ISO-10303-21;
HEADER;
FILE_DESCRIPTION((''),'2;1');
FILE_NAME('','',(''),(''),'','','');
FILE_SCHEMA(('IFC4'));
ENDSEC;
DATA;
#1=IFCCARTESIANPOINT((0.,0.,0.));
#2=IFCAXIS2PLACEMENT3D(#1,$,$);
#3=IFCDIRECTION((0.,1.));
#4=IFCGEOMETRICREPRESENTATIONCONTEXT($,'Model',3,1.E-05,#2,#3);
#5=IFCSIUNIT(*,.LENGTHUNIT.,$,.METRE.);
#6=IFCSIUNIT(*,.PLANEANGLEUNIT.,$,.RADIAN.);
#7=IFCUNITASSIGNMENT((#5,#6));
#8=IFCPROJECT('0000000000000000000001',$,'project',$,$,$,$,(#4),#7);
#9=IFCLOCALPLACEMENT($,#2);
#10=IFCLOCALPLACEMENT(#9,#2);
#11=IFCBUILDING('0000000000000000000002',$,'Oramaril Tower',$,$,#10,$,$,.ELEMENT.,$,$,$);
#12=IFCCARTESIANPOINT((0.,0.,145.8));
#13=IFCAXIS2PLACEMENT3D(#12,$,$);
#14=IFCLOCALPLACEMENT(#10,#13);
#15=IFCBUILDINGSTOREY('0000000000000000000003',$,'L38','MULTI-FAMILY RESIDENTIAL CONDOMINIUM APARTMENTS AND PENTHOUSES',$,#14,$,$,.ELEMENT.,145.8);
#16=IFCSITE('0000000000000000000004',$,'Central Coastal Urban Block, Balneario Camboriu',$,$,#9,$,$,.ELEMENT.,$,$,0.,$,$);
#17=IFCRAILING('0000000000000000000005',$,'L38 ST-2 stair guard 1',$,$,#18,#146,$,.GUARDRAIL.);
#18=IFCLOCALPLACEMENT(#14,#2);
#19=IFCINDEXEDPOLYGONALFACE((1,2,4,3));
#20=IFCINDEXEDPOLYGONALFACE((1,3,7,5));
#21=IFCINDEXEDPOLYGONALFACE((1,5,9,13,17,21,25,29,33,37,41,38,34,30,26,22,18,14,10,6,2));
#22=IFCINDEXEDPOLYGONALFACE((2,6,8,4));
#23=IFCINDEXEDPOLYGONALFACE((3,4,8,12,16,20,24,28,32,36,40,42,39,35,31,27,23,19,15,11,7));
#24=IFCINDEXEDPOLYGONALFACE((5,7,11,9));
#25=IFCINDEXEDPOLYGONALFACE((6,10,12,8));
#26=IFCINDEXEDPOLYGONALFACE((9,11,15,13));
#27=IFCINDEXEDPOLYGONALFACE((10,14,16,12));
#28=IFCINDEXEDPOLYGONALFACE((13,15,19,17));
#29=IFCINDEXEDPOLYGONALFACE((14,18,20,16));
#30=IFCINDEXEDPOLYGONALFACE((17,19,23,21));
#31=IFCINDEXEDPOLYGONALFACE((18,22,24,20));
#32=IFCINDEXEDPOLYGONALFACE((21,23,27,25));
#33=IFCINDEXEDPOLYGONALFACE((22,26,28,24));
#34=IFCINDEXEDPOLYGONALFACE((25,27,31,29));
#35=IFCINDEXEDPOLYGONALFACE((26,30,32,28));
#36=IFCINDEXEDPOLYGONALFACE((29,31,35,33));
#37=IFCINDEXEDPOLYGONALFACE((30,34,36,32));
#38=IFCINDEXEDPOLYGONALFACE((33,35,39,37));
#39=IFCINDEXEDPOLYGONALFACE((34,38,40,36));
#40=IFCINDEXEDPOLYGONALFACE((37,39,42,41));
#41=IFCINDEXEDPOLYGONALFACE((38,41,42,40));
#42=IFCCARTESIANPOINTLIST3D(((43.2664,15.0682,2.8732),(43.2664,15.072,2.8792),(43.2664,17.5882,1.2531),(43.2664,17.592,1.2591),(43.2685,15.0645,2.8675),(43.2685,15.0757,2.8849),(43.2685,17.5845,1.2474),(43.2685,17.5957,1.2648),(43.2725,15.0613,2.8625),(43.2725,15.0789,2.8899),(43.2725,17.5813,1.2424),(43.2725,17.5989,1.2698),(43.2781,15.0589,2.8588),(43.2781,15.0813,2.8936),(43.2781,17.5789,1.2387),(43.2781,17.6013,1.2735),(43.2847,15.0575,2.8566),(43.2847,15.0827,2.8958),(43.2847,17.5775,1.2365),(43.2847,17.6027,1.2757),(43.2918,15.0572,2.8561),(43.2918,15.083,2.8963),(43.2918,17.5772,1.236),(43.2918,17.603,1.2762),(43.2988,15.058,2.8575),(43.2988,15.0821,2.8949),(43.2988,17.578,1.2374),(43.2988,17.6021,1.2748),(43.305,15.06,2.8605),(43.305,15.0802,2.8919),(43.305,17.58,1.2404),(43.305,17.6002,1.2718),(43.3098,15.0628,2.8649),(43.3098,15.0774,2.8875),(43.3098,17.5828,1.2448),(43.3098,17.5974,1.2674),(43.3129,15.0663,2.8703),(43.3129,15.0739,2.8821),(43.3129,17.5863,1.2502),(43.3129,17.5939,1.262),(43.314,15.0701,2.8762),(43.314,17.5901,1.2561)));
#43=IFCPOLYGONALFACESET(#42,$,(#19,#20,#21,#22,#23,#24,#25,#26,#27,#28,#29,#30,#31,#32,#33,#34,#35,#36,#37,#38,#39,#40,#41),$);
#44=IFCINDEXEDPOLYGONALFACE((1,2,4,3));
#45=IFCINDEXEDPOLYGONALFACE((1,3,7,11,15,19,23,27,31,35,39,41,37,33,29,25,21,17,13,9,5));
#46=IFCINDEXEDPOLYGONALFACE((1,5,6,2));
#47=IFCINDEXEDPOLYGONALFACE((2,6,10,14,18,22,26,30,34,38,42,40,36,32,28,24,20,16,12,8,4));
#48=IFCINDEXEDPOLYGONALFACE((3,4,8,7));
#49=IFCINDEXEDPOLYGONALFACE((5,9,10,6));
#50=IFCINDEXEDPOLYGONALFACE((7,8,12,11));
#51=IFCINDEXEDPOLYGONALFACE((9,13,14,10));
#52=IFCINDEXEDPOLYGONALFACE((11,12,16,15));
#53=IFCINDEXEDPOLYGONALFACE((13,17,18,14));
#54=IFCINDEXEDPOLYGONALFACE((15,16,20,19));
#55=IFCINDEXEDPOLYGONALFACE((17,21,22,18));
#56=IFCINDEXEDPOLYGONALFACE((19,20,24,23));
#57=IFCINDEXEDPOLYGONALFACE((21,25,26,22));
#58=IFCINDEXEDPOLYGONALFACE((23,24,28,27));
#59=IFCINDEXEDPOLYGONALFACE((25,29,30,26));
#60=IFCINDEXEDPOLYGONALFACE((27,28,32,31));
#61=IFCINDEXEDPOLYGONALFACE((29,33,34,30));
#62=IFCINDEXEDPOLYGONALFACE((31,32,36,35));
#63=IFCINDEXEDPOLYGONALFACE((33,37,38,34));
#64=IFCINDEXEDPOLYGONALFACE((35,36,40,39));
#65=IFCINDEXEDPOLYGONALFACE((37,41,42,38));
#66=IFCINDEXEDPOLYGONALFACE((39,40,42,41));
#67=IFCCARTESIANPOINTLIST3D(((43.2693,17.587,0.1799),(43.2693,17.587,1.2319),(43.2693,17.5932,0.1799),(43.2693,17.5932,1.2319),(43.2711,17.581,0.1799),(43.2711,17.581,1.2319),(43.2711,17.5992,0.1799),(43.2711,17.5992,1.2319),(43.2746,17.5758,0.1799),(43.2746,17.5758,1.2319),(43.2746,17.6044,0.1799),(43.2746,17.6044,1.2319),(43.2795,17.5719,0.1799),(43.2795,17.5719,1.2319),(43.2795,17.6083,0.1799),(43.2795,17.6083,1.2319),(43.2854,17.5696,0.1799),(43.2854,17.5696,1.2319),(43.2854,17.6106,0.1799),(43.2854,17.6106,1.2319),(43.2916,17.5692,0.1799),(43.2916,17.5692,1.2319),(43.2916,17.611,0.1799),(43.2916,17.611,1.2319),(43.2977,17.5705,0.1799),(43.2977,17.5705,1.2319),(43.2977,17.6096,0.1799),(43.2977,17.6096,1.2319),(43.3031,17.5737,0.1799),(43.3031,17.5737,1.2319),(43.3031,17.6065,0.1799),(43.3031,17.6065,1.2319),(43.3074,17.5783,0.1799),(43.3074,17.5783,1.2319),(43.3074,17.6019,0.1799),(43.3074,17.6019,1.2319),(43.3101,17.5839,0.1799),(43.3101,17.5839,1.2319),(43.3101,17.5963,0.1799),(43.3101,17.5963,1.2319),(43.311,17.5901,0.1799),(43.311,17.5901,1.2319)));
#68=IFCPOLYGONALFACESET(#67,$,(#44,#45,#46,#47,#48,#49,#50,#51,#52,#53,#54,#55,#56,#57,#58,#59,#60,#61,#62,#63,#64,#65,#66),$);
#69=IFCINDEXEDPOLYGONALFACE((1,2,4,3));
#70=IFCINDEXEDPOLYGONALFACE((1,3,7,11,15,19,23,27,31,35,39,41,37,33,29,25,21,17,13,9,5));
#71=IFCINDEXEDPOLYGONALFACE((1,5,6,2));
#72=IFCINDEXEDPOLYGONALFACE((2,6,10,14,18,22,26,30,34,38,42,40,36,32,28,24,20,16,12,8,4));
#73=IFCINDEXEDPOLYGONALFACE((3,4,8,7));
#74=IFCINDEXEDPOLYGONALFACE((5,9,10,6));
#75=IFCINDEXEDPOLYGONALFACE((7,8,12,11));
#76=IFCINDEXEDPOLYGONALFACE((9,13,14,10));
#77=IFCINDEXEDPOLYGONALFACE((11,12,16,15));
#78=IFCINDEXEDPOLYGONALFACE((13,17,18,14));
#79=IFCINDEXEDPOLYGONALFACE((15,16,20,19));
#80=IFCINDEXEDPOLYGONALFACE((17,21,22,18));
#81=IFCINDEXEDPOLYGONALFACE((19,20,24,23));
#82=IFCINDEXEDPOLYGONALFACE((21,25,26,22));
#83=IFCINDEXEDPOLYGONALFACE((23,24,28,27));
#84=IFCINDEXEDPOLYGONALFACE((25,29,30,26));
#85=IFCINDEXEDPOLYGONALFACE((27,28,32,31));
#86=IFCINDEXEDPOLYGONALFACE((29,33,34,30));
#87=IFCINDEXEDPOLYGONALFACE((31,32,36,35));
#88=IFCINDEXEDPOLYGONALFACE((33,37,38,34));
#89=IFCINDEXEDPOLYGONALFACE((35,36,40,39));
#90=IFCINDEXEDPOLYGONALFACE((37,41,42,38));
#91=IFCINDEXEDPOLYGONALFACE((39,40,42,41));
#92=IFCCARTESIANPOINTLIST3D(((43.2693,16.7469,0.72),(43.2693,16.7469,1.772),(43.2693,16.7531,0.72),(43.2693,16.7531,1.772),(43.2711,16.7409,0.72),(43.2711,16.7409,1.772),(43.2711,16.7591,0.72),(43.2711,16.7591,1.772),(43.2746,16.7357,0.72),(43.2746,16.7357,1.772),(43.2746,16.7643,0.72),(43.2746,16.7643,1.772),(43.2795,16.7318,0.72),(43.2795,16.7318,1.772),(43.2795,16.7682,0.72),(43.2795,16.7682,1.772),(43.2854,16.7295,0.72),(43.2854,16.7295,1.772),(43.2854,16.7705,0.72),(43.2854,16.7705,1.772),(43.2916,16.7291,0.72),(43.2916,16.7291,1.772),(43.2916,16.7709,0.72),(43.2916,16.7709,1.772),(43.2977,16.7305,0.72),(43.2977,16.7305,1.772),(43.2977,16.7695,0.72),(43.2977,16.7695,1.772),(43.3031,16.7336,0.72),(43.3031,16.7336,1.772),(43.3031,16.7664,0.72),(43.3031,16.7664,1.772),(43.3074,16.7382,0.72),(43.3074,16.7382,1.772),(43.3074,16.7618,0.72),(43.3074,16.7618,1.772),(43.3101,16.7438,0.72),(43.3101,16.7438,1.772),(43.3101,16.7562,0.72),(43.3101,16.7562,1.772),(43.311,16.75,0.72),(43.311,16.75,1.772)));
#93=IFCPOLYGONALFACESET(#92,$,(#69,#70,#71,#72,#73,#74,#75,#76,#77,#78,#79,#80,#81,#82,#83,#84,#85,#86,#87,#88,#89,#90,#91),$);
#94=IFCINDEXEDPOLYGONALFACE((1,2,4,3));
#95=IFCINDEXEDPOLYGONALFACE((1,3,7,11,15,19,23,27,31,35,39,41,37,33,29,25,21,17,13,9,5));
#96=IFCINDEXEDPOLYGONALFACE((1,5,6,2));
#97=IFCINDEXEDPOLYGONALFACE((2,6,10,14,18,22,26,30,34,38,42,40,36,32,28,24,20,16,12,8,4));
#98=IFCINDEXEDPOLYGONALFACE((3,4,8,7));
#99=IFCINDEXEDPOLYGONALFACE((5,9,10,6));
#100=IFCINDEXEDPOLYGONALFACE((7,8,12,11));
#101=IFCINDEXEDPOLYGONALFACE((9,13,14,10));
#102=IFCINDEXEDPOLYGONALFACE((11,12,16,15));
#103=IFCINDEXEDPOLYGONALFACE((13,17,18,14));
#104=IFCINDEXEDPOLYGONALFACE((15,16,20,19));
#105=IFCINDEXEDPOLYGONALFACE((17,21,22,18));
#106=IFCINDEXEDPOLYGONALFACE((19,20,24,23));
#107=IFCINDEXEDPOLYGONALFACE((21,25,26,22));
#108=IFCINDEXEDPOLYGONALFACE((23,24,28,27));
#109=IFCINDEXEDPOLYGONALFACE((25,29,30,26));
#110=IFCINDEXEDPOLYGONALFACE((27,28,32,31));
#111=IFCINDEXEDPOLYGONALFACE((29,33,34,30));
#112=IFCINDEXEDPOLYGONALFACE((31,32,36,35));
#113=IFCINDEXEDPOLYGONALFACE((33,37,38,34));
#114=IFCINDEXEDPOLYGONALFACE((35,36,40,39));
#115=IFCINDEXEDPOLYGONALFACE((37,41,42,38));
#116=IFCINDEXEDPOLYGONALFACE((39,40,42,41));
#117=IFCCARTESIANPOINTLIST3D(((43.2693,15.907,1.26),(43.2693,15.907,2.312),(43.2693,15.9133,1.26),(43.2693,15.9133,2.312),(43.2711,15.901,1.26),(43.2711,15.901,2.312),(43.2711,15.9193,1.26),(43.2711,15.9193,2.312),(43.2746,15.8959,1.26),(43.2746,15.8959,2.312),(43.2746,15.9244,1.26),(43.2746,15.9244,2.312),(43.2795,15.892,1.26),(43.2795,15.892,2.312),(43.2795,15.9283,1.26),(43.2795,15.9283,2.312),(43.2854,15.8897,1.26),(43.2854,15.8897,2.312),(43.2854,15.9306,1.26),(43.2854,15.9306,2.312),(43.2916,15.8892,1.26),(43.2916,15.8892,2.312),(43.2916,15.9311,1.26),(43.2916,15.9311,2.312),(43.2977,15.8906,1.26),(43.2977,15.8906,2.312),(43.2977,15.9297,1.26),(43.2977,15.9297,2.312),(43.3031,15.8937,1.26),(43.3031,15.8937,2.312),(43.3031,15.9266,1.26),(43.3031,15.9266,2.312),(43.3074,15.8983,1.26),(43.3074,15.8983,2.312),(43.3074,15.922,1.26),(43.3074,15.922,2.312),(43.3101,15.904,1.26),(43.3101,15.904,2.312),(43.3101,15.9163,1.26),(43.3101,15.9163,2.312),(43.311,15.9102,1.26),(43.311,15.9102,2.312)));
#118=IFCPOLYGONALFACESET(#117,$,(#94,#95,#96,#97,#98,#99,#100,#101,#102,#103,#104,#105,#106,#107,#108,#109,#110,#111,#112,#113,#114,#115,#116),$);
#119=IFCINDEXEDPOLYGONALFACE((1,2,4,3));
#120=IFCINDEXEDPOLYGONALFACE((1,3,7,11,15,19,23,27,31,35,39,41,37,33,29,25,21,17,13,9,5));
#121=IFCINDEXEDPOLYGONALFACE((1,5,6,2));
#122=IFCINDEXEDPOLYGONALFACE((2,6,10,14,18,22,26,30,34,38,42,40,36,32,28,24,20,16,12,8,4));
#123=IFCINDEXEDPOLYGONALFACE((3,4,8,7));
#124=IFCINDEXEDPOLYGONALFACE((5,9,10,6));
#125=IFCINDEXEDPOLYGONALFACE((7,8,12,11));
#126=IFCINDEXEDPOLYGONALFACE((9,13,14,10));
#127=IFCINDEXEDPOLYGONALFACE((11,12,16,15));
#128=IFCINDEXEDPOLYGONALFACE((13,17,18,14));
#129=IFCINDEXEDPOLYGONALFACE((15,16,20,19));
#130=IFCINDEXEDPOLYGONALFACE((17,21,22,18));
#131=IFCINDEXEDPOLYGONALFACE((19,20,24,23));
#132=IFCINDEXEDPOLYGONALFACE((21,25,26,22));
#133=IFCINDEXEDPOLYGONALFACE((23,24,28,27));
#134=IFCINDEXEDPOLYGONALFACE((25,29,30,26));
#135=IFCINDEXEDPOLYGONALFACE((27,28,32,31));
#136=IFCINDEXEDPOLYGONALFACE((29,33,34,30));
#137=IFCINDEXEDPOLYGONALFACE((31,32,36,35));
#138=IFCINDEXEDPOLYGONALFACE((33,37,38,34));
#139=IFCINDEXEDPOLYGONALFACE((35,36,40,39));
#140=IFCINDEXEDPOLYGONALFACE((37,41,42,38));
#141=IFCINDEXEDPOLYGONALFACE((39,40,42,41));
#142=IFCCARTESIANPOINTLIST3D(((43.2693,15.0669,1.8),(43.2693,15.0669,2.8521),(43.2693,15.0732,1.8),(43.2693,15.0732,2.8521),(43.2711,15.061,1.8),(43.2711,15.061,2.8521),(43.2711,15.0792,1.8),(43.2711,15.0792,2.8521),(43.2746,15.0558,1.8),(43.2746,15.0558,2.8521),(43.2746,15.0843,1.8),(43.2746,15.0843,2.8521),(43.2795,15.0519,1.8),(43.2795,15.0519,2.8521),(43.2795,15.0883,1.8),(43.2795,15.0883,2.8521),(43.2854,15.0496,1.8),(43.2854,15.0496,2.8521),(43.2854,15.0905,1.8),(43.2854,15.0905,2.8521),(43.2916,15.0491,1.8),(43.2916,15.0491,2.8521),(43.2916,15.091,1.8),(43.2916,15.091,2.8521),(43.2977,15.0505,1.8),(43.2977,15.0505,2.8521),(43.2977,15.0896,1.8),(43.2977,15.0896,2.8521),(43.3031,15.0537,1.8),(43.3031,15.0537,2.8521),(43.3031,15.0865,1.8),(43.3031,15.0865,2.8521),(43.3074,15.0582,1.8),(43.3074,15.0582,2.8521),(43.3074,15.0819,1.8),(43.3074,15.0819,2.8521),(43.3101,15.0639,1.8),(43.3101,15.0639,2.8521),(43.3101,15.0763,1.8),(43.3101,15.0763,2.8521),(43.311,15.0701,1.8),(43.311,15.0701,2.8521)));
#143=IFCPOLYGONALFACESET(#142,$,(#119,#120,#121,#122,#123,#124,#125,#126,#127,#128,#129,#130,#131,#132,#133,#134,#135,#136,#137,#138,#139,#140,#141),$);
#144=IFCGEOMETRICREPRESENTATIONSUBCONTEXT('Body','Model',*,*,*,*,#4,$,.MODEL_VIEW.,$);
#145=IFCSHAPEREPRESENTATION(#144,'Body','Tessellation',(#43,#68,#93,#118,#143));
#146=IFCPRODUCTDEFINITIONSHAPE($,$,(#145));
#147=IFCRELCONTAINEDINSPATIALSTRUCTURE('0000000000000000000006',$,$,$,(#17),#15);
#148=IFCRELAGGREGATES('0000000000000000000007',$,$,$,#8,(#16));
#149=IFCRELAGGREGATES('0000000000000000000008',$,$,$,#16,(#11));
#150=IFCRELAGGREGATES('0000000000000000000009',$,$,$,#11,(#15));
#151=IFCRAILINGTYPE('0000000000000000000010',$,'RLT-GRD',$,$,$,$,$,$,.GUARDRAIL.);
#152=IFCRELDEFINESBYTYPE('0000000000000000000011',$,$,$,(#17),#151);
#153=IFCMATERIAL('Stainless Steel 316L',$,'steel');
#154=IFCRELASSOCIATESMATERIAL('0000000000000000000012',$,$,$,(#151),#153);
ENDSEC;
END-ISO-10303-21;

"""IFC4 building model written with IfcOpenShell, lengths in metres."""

from ifc_helpers import new_model, si_unit, direction, frame, origin, origin_2d, place, context, subcontext, project, spatial, circle, extrude, material, type_object, element, save


model = new_model("IFC4")

# Units and contexts
model_context = context("Model", 3, precision=1e-05, world=origin(), true_north=direction((0.0, 1.0)))
body_context = subcontext(model_context, "Body", "Model", "MODEL_VIEW")
ifc_project = project(units=[si_unit("LENGTHUNIT", "METRE"), si_unit("PLANEANGLEUNIT", "RADIAN")], contexts=[model_context])

# Site, building, storey
site_placement = place(None, origin())
site = spatial("IfcSite", under=ifc_project, at=site_placement, Name="Central Coastal Urban Block, Balneario Camboriu", CompositionType="ELEMENT", RefElevation=0.0)
building_placement = place(site_placement, origin())
building = spatial("IfcBuilding", under=site, at=building_placement, Name="Oramaril Tower", CompositionType="ELEMENT")
storey_placement = place(building_placement, frame((0.0, 0.0, 145.8)))
storey = spatial("IfcBuildingStorey", under=building, at=storey_placement, Name="L38", Description="MULTI-FAMILY RESIDENTIAL CONDOMINIUM APARTMENTS AND PENTHOUSES", CompositionType="ELEMENT", Elevation=145.8)

# Railing
ifc_material_1 = material(Name="Stainless Steel 316L", Category="steel")
railing_type_1 = type_object("IfcRailingType", Name="RLT-GRD", PredefinedType="GUARDRAIL", material=ifc_material_1)
railing_1_placement = place(storey_placement, frame((43.29, 17.5901, 0.1799)))
element("IfcRailing", 1, at=railing_1_placement, inside=storey, type_object=railing_type_1, Name="L38 ST-2 stair guard 1", PredefinedType="GUARDRAIL", context=body_context, shape_type="SweptSolid", body=[
    extrude(circle(Radius=0.0239, at=origin_2d()), frame((0.0, 0.0, 1.0762), z_axis=(0.0, -0.841163, 0.540782), x_axis=(1.0, 0.0, 0.0)), (0.0, 0.0, 1.0), 2.9958),
    extrude(circle(Radius=0.021, at=origin_2d()), origin(), (0.0, 0.0, 1.0), 1.052),
    extrude(circle(Radius=0.021, at=origin_2d()), frame((0.0, -0.8401, 0.54)), (0.0, 0.0, 1.0), 1.052),
    extrude(circle(Radius=0.021, at=origin_2d()), frame((0.0, -1.6799, 1.0801)), (0.0, 0.0, 1.0), 1.052),
    extrude(circle(Radius=0.021, at=origin_2d()), frame((0.0, -2.52, 1.6201)), (0.0, 0.0, 1.0), 1.052),
])

save(model, "model.ifc")
